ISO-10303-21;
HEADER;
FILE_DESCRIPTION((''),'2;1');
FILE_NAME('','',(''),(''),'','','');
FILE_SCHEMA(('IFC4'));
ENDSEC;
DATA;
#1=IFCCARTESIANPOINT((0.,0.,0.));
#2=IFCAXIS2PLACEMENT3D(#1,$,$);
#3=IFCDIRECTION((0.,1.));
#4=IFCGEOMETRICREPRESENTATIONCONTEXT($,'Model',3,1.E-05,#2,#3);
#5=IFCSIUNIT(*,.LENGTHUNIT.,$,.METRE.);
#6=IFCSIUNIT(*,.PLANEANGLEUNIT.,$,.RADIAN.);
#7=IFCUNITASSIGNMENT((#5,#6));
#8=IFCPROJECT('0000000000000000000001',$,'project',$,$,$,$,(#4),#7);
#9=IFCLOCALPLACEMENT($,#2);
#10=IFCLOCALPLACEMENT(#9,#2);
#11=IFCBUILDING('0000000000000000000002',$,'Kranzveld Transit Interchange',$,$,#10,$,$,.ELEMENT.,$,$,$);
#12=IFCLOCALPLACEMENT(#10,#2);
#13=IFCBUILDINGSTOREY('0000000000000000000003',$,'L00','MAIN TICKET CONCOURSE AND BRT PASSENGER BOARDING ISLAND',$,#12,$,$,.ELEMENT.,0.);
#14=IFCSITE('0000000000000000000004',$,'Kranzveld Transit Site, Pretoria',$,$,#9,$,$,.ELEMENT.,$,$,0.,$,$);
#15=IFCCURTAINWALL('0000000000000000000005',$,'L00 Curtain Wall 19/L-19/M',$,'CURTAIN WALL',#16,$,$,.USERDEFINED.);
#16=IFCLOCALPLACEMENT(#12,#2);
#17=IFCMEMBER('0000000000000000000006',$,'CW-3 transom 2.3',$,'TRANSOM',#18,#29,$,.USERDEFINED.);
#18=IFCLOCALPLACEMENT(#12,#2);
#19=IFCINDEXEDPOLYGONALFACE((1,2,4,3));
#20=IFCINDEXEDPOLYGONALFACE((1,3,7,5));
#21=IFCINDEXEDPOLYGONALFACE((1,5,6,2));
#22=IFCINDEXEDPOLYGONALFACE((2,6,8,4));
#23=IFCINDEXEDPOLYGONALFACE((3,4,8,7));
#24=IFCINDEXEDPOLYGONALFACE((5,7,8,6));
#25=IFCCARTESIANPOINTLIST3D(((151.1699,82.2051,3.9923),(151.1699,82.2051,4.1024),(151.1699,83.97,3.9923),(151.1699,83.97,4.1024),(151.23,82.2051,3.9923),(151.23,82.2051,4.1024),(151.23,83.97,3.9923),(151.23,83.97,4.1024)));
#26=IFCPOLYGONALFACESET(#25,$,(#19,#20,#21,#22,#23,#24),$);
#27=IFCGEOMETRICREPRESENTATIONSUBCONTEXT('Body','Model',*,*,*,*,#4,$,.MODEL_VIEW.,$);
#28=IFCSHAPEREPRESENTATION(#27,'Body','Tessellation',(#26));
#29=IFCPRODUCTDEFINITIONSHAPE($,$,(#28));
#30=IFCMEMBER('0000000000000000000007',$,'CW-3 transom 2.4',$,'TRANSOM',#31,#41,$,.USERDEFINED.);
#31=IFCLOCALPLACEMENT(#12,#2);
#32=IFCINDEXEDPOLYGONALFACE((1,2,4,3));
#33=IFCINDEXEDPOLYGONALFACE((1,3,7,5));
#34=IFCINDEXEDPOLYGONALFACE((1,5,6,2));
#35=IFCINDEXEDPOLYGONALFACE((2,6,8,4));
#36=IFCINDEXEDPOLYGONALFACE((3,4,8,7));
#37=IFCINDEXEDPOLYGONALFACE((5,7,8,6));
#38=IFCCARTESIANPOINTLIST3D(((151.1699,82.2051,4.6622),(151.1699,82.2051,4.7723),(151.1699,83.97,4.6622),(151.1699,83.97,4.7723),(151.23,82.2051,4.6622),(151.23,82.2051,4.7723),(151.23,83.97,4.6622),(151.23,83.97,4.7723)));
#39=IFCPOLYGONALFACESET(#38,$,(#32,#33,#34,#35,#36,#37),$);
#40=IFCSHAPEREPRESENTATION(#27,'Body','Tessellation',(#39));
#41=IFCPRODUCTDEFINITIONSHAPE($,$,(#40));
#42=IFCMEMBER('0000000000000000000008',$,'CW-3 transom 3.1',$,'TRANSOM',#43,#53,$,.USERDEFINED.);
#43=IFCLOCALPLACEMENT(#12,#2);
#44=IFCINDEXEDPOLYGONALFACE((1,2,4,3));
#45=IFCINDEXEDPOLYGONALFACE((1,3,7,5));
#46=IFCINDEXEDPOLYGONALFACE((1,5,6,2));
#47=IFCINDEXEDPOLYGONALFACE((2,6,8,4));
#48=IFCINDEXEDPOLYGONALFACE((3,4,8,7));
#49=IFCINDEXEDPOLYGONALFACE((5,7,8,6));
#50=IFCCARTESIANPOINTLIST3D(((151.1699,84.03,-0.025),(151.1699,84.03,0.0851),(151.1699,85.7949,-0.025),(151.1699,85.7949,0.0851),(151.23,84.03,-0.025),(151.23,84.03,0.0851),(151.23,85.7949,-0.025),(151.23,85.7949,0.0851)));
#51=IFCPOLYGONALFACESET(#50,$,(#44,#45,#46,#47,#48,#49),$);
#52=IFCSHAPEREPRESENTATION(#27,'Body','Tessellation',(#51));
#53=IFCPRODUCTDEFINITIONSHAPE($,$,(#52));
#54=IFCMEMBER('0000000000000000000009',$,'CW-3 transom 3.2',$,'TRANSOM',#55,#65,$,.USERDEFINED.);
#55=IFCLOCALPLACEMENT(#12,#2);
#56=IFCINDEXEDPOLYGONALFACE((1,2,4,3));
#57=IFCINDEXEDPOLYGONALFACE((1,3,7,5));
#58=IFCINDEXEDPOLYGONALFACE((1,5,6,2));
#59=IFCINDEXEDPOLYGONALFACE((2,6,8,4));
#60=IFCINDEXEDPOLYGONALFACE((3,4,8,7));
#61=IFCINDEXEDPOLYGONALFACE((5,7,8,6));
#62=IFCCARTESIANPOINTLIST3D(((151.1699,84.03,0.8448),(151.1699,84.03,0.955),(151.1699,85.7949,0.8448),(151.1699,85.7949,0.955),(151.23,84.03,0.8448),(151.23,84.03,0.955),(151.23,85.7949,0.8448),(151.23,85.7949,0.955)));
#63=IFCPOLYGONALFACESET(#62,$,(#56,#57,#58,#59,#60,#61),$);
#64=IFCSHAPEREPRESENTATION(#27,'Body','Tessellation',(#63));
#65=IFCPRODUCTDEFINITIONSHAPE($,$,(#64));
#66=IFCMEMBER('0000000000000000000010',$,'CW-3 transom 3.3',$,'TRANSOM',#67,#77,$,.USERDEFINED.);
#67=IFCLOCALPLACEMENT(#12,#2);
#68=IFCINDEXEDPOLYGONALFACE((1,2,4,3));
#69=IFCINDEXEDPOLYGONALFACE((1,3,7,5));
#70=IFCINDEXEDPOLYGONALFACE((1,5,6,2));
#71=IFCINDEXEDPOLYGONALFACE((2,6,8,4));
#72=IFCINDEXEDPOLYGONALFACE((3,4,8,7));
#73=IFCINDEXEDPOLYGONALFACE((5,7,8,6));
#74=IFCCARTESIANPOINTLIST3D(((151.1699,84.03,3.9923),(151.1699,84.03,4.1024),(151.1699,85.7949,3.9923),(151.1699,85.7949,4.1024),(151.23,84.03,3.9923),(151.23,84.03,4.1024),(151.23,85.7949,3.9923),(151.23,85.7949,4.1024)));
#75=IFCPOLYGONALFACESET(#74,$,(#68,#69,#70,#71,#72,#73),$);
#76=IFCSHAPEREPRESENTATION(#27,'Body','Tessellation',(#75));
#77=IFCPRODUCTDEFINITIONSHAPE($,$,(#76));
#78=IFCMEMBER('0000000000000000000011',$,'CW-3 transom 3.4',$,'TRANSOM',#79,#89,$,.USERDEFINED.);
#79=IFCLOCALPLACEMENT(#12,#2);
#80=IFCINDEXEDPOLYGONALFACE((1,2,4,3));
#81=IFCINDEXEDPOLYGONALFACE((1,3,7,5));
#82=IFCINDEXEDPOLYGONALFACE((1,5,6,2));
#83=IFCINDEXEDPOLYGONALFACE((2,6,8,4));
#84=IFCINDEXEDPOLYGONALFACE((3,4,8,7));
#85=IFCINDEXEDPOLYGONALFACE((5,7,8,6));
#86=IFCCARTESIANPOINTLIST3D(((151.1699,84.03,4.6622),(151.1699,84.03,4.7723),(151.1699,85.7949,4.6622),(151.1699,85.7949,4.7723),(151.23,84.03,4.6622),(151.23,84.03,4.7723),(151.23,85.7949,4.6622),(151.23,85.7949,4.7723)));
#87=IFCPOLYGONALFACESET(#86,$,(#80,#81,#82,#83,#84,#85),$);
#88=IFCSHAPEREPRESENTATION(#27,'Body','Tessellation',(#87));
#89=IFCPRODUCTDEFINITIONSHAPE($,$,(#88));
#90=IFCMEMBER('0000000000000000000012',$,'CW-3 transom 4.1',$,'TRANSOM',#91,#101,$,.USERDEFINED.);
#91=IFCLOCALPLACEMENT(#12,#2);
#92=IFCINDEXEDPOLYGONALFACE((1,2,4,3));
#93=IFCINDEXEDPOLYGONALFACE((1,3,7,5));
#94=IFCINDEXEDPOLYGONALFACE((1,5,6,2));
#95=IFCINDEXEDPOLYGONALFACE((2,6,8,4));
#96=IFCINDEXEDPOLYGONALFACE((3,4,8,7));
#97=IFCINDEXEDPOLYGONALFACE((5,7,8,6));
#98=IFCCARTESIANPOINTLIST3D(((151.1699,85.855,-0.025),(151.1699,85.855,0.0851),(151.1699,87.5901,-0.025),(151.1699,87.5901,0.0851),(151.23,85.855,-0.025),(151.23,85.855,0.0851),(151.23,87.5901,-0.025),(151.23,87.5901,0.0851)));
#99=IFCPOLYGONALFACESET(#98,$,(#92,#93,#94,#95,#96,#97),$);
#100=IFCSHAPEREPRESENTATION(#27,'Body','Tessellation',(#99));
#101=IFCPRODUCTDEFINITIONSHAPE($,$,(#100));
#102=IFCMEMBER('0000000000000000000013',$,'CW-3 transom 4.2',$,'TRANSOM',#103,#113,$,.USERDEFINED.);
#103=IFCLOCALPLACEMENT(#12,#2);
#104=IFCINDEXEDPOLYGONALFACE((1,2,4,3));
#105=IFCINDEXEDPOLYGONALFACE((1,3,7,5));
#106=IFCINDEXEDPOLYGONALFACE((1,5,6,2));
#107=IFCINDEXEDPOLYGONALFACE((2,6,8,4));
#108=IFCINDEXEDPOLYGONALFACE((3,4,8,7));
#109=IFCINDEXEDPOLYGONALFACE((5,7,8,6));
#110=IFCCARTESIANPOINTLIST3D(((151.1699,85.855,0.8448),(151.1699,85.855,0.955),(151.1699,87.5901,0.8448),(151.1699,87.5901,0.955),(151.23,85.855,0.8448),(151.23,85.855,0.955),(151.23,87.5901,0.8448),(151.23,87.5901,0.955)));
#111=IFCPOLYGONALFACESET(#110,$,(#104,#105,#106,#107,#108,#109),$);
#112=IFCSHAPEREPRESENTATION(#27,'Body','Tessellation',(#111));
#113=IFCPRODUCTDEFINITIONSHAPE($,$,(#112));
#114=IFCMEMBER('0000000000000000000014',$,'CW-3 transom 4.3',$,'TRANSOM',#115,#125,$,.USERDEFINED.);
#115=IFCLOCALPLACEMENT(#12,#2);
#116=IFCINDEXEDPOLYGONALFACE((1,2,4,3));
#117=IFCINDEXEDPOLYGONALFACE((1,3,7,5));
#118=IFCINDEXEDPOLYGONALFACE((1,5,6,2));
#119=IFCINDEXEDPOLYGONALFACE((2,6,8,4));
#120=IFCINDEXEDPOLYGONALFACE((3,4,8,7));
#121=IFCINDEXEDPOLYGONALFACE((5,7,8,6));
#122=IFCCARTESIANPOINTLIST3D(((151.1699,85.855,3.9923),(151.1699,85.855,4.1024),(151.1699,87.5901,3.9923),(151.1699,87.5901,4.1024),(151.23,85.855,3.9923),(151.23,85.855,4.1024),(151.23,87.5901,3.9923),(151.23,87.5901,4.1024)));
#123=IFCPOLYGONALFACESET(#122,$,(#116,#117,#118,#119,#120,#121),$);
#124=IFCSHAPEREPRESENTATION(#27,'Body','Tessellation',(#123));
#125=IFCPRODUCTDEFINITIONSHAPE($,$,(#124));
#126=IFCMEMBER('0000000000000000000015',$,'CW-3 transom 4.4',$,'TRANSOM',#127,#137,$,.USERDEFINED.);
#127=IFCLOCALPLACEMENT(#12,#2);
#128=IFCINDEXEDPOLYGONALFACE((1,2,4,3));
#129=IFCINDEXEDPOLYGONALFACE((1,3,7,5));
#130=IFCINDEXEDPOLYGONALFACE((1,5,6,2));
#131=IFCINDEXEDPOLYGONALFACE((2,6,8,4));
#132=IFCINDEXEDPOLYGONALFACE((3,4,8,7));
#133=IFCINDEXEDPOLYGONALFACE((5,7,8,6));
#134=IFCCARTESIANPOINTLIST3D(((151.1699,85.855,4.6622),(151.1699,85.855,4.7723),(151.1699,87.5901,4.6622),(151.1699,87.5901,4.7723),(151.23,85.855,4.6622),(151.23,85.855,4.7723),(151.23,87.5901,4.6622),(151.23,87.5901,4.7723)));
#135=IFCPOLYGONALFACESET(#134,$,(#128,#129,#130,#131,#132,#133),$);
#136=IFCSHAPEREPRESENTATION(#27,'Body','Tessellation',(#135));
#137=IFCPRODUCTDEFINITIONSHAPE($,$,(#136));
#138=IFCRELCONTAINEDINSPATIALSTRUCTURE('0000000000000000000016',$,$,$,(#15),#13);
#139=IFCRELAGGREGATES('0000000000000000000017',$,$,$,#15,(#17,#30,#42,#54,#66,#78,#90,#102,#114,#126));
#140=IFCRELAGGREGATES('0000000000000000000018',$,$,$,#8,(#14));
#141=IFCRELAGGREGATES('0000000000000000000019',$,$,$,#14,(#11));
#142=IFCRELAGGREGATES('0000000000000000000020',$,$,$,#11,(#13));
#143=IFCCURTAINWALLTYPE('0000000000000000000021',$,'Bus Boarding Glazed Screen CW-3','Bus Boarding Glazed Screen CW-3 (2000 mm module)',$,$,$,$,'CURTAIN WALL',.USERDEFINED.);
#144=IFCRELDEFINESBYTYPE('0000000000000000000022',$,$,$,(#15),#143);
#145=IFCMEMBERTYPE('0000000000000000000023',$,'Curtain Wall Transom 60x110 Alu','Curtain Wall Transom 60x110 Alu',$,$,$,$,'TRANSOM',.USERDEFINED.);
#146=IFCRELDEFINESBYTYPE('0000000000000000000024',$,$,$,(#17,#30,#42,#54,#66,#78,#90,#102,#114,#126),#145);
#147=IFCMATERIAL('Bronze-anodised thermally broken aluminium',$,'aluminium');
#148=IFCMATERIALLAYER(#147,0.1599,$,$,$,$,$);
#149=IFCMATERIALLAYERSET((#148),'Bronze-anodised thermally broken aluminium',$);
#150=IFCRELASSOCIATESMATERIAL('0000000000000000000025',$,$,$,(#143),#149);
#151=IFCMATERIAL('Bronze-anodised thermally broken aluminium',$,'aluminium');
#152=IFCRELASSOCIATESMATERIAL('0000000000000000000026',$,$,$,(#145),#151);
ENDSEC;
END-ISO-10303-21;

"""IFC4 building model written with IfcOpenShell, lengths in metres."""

from ifc_helpers import new_model, si_unit, direction, frame, origin, origin_2d, place, context, subcontext, project, spatial, rectangle, extrude, material, layer, layer_set, material_profile, profile_set, type_object, element, aggregate, save


model = new_model("IFC4")

# Units and contexts
model_context = context("Model", 3, precision=1e-05, world=origin(), true_north=direction((0.0, 1.0)))
body_context = subcontext(model_context, "Body", "Model", "MODEL_VIEW")
ifc_project = project(units=[si_unit("LENGTHUNIT", "METRE"), si_unit("PLANEANGLEUNIT", "RADIAN")], contexts=[model_context])

# Site, building, storey
site_placement = place(None, origin())
site = spatial("IfcSite", under=ifc_project, at=site_placement, Name="Kranzveld Transit Site, Pretoria", CompositionType="ELEMENT", RefElevation=0.0)
building_placement = place(site_placement, origin())
building = spatial("IfcBuilding", under=site, at=building_placement, Name="Kranzveld Transit Interchange", CompositionType="ELEMENT")
storey_placement = place(building_placement, origin())
storey = spatial("IfcBuildingStorey", under=building, at=storey_placement, Name="L00", Description="MAIN TICKET CONCOURSE AND BRT PASSENGER BOARDING ISLAND", CompositionType="ELEMENT", Elevation=0.0)

# Curtain wall, members
ifc_material_1 = material(Name="Bronze-anodised thermally broken aluminium", Category="aluminium")
ifc_layer_1 = layer(ifc_material_1, 0.1599)
ifc_layer_set_1 = layer_set([ifc_layer_1], Name="Bronze-anodised thermally broken aluminium")
curtain_wall_type = type_object("IfcCurtainWallType", Name="Bus Boarding Glazed Screen CW-3", Description="Bus Boarding Glazed Screen CW-3 (2000 mm module)", ElementType="CURTAIN WALL", PredefinedType="USERDEFINED", material=ifc_layer_set_1)
curtain_wall_placement = place(storey_placement, origin())
curtain_wall = element("IfcCurtainWall", 1, at=curtain_wall_placement, inside=storey, type_object=curtain_wall_type, Name="L00 Curtain Wall 19/L-19/M", ObjectType="CURTAIN WALL", PredefinedType="USERDEFINED")
ifc_material_2 = material(Name="Bronze-anodised thermally broken aluminium", Category="aluminium")
ifc_material_profile_1 = material_profile(ifc_material_2, rectangle(XDim=0.0601, YDim=0.1101, at=origin_2d()), Name="ALU TRANSOM 60x110")
ifc_profile_set_1 = profile_set([ifc_material_profile_1], Name="Bronze-anodised thermally broken aluminium")
member_type_1 = type_object("IfcMemberType", Name="Curtain Wall Transom 60x110 Alu", Description="Curtain Wall Transom 60x110 Alu", ElementType="TRANSOM", PredefinedType="USERDEFINED", material=ifc_profile_set_1)
member_1_placement = place(storey_placement, frame((151.2, 82.2051, 4.0474), z_axis=(0.0, 1.0, 0.0), x_axis=(-1.0, 0.0, 0.0)))
member_1 = element("IfcMember", 2, at=member_1_placement, type_object=member_type_1, Name="CW-3 transom 2.3", ObjectType="TRANSOM", PredefinedType="USERDEFINED", context=body_context, shape_type="SweptSolid", body=[
    extrude(rectangle(XDim=0.0601, YDim=0.1101, at=origin_2d()), origin(), (0.0, 0.0, 1.0), 1.7649),
])
member_2_placement = place(storey_placement, frame((151.2, 82.2051, 4.7173), z_axis=(0.0, 1.0, 0.0), x_axis=(-1.0, 0.0, 0.0)))
member_2 = element("IfcMember", 3, at=member_2_placement, type_object=member_type_1, Name="CW-3 transom 2.4", ObjectType="TRANSOM", PredefinedType="USERDEFINED", context=body_context, shape_type="SweptSolid", body=[
    extrude(rectangle(XDim=0.0601, YDim=0.1101, at=origin_2d()), origin(), (0.0, 0.0, 1.0), 1.7649),
])
member_3_placement = place(storey_placement, frame((151.2, 84.03, 0.03), z_axis=(0.0, 1.0, 0.0), x_axis=(-1.0, 0.0, 0.0)))
member_3 = element("IfcMember", 4, at=member_3_placement, type_object=member_type_1, Name="CW-3 transom 3.1", ObjectType="TRANSOM", PredefinedType="USERDEFINED", context=body_context, shape_type="SweptSolid", body=[
    extrude(rectangle(XDim=0.0601, YDim=0.1101, at=origin_2d()), origin(), (0.0, 0.0, 1.0), 1.7649),
])
member_4_placement = place(storey_placement, frame((151.2, 84.03, 0.8999), z_axis=(0.0, 1.0, 0.0), x_axis=(-1.0, 0.0, 0.0)))
member_4 = element("IfcMember", 5, at=member_4_placement, type_object=member_type_1, Name="CW-3 transom 3.2", ObjectType="TRANSOM", PredefinedType="USERDEFINED", context=body_context, shape_type="SweptSolid", body=[
    extrude(rectangle(XDim=0.0601, YDim=0.1101, at=origin_2d()), origin(), (0.0, 0.0, 1.0), 1.7649),
])
member_5_placement = place(storey_placement, frame((151.2, 84.03, 4.0474), z_axis=(0.0, 1.0, 0.0), x_axis=(-1.0, 0.0, 0.0)))
member_5 = element("IfcMember", 6, at=member_5_placement, type_object=member_type_1, Name="CW-3 transom 3.3", ObjectType="TRANSOM", PredefinedType="USERDEFINED", context=body_context, shape_type="SweptSolid", body=[
    extrude(rectangle(XDim=0.0601, YDim=0.1101, at=origin_2d()), origin(), (0.0, 0.0, 1.0), 1.7649),
])
member_6_placement = place(storey_placement, frame((151.2, 84.03, 4.7173), z_axis=(0.0, 1.0, 0.0), x_axis=(-1.0, 0.0, 0.0)))
member_6 = element("IfcMember", 7, at=member_6_placement, type_object=member_type_1, Name="CW-3 transom 3.4", ObjectType="TRANSOM", PredefinedType="USERDEFINED", context=body_context, shape_type="SweptSolid", body=[
    extrude(rectangle(XDim=0.0601, YDim=0.1101, at=origin_2d()), origin(), (0.0, 0.0, 1.0), 1.7649),
])
member_7_placement = place(storey_placement, frame((151.2, 85.855, 0.03), z_axis=(0.0, 1.0, 0.0), x_axis=(-1.0, 0.0, 0.0)))
member_7 = element("IfcMember", 8, at=member_7_placement, type_object=member_type_1, Name="CW-3 transom 4.1", ObjectType="TRANSOM", PredefinedType="USERDEFINED", context=body_context, shape_type="SweptSolid", body=[
    extrude(rectangle(XDim=0.0601, YDim=0.1101, at=origin_2d()), origin(), (0.0, 0.0, 1.0), 1.7351),
])
member_8_placement = place(storey_placement, frame((151.2, 85.855, 0.8999), z_axis=(0.0, 1.0, 0.0), x_axis=(-1.0, 0.0, 0.0)))
member_8 = element("IfcMember", 9, at=member_8_placement, type_object=member_type_1, Name="CW-3 transom 4.2", ObjectType="TRANSOM", PredefinedType="USERDEFINED", context=body_context, shape_type="SweptSolid", body=[
    extrude(rectangle(XDim=0.0601, YDim=0.1101, at=origin_2d()), origin(), (0.0, 0.0, 1.0), 1.7351),
])
member_9_placement = place(storey_placement, frame((151.2, 85.855, 4.0474), z_axis=(0.0, 1.0, 0.0), x_axis=(-1.0, 0.0, 0.0)))
member_9 = element("IfcMember", 10, at=member_9_placement, type_object=member_type_1, Name="CW-3 transom 4.3", ObjectType="TRANSOM", PredefinedType="USERDEFINED", context=body_context, shape_type="SweptSolid", body=[
    extrude(rectangle(XDim=0.0601, YDim=0.1101, at=origin_2d()), origin(), (0.0, 0.0, 1.0), 1.7351),
])
member_10_placement = place(storey_placement, frame((151.2, 85.855, 4.7173), z_axis=(0.0, 1.0, 0.0), x_axis=(-1.0, 0.0, 0.0)))
member_10 = element("IfcMember", 11, at=member_10_placement, type_object=member_type_1, Name="CW-3 transom 4.4", ObjectType="TRANSOM", PredefinedType="USERDEFINED", context=body_context, shape_type="SweptSolid", body=[
    extrude(rectangle(XDim=0.0601, YDim=0.1101, at=origin_2d()), origin(), (0.0, 0.0, 1.0), 1.7351),
])

aggregate(curtain_wall, [member_1, member_2, member_3, member_4, member_5, member_6, member_7, member_8, member_9, member_10])

save(model, "model.ifc")
